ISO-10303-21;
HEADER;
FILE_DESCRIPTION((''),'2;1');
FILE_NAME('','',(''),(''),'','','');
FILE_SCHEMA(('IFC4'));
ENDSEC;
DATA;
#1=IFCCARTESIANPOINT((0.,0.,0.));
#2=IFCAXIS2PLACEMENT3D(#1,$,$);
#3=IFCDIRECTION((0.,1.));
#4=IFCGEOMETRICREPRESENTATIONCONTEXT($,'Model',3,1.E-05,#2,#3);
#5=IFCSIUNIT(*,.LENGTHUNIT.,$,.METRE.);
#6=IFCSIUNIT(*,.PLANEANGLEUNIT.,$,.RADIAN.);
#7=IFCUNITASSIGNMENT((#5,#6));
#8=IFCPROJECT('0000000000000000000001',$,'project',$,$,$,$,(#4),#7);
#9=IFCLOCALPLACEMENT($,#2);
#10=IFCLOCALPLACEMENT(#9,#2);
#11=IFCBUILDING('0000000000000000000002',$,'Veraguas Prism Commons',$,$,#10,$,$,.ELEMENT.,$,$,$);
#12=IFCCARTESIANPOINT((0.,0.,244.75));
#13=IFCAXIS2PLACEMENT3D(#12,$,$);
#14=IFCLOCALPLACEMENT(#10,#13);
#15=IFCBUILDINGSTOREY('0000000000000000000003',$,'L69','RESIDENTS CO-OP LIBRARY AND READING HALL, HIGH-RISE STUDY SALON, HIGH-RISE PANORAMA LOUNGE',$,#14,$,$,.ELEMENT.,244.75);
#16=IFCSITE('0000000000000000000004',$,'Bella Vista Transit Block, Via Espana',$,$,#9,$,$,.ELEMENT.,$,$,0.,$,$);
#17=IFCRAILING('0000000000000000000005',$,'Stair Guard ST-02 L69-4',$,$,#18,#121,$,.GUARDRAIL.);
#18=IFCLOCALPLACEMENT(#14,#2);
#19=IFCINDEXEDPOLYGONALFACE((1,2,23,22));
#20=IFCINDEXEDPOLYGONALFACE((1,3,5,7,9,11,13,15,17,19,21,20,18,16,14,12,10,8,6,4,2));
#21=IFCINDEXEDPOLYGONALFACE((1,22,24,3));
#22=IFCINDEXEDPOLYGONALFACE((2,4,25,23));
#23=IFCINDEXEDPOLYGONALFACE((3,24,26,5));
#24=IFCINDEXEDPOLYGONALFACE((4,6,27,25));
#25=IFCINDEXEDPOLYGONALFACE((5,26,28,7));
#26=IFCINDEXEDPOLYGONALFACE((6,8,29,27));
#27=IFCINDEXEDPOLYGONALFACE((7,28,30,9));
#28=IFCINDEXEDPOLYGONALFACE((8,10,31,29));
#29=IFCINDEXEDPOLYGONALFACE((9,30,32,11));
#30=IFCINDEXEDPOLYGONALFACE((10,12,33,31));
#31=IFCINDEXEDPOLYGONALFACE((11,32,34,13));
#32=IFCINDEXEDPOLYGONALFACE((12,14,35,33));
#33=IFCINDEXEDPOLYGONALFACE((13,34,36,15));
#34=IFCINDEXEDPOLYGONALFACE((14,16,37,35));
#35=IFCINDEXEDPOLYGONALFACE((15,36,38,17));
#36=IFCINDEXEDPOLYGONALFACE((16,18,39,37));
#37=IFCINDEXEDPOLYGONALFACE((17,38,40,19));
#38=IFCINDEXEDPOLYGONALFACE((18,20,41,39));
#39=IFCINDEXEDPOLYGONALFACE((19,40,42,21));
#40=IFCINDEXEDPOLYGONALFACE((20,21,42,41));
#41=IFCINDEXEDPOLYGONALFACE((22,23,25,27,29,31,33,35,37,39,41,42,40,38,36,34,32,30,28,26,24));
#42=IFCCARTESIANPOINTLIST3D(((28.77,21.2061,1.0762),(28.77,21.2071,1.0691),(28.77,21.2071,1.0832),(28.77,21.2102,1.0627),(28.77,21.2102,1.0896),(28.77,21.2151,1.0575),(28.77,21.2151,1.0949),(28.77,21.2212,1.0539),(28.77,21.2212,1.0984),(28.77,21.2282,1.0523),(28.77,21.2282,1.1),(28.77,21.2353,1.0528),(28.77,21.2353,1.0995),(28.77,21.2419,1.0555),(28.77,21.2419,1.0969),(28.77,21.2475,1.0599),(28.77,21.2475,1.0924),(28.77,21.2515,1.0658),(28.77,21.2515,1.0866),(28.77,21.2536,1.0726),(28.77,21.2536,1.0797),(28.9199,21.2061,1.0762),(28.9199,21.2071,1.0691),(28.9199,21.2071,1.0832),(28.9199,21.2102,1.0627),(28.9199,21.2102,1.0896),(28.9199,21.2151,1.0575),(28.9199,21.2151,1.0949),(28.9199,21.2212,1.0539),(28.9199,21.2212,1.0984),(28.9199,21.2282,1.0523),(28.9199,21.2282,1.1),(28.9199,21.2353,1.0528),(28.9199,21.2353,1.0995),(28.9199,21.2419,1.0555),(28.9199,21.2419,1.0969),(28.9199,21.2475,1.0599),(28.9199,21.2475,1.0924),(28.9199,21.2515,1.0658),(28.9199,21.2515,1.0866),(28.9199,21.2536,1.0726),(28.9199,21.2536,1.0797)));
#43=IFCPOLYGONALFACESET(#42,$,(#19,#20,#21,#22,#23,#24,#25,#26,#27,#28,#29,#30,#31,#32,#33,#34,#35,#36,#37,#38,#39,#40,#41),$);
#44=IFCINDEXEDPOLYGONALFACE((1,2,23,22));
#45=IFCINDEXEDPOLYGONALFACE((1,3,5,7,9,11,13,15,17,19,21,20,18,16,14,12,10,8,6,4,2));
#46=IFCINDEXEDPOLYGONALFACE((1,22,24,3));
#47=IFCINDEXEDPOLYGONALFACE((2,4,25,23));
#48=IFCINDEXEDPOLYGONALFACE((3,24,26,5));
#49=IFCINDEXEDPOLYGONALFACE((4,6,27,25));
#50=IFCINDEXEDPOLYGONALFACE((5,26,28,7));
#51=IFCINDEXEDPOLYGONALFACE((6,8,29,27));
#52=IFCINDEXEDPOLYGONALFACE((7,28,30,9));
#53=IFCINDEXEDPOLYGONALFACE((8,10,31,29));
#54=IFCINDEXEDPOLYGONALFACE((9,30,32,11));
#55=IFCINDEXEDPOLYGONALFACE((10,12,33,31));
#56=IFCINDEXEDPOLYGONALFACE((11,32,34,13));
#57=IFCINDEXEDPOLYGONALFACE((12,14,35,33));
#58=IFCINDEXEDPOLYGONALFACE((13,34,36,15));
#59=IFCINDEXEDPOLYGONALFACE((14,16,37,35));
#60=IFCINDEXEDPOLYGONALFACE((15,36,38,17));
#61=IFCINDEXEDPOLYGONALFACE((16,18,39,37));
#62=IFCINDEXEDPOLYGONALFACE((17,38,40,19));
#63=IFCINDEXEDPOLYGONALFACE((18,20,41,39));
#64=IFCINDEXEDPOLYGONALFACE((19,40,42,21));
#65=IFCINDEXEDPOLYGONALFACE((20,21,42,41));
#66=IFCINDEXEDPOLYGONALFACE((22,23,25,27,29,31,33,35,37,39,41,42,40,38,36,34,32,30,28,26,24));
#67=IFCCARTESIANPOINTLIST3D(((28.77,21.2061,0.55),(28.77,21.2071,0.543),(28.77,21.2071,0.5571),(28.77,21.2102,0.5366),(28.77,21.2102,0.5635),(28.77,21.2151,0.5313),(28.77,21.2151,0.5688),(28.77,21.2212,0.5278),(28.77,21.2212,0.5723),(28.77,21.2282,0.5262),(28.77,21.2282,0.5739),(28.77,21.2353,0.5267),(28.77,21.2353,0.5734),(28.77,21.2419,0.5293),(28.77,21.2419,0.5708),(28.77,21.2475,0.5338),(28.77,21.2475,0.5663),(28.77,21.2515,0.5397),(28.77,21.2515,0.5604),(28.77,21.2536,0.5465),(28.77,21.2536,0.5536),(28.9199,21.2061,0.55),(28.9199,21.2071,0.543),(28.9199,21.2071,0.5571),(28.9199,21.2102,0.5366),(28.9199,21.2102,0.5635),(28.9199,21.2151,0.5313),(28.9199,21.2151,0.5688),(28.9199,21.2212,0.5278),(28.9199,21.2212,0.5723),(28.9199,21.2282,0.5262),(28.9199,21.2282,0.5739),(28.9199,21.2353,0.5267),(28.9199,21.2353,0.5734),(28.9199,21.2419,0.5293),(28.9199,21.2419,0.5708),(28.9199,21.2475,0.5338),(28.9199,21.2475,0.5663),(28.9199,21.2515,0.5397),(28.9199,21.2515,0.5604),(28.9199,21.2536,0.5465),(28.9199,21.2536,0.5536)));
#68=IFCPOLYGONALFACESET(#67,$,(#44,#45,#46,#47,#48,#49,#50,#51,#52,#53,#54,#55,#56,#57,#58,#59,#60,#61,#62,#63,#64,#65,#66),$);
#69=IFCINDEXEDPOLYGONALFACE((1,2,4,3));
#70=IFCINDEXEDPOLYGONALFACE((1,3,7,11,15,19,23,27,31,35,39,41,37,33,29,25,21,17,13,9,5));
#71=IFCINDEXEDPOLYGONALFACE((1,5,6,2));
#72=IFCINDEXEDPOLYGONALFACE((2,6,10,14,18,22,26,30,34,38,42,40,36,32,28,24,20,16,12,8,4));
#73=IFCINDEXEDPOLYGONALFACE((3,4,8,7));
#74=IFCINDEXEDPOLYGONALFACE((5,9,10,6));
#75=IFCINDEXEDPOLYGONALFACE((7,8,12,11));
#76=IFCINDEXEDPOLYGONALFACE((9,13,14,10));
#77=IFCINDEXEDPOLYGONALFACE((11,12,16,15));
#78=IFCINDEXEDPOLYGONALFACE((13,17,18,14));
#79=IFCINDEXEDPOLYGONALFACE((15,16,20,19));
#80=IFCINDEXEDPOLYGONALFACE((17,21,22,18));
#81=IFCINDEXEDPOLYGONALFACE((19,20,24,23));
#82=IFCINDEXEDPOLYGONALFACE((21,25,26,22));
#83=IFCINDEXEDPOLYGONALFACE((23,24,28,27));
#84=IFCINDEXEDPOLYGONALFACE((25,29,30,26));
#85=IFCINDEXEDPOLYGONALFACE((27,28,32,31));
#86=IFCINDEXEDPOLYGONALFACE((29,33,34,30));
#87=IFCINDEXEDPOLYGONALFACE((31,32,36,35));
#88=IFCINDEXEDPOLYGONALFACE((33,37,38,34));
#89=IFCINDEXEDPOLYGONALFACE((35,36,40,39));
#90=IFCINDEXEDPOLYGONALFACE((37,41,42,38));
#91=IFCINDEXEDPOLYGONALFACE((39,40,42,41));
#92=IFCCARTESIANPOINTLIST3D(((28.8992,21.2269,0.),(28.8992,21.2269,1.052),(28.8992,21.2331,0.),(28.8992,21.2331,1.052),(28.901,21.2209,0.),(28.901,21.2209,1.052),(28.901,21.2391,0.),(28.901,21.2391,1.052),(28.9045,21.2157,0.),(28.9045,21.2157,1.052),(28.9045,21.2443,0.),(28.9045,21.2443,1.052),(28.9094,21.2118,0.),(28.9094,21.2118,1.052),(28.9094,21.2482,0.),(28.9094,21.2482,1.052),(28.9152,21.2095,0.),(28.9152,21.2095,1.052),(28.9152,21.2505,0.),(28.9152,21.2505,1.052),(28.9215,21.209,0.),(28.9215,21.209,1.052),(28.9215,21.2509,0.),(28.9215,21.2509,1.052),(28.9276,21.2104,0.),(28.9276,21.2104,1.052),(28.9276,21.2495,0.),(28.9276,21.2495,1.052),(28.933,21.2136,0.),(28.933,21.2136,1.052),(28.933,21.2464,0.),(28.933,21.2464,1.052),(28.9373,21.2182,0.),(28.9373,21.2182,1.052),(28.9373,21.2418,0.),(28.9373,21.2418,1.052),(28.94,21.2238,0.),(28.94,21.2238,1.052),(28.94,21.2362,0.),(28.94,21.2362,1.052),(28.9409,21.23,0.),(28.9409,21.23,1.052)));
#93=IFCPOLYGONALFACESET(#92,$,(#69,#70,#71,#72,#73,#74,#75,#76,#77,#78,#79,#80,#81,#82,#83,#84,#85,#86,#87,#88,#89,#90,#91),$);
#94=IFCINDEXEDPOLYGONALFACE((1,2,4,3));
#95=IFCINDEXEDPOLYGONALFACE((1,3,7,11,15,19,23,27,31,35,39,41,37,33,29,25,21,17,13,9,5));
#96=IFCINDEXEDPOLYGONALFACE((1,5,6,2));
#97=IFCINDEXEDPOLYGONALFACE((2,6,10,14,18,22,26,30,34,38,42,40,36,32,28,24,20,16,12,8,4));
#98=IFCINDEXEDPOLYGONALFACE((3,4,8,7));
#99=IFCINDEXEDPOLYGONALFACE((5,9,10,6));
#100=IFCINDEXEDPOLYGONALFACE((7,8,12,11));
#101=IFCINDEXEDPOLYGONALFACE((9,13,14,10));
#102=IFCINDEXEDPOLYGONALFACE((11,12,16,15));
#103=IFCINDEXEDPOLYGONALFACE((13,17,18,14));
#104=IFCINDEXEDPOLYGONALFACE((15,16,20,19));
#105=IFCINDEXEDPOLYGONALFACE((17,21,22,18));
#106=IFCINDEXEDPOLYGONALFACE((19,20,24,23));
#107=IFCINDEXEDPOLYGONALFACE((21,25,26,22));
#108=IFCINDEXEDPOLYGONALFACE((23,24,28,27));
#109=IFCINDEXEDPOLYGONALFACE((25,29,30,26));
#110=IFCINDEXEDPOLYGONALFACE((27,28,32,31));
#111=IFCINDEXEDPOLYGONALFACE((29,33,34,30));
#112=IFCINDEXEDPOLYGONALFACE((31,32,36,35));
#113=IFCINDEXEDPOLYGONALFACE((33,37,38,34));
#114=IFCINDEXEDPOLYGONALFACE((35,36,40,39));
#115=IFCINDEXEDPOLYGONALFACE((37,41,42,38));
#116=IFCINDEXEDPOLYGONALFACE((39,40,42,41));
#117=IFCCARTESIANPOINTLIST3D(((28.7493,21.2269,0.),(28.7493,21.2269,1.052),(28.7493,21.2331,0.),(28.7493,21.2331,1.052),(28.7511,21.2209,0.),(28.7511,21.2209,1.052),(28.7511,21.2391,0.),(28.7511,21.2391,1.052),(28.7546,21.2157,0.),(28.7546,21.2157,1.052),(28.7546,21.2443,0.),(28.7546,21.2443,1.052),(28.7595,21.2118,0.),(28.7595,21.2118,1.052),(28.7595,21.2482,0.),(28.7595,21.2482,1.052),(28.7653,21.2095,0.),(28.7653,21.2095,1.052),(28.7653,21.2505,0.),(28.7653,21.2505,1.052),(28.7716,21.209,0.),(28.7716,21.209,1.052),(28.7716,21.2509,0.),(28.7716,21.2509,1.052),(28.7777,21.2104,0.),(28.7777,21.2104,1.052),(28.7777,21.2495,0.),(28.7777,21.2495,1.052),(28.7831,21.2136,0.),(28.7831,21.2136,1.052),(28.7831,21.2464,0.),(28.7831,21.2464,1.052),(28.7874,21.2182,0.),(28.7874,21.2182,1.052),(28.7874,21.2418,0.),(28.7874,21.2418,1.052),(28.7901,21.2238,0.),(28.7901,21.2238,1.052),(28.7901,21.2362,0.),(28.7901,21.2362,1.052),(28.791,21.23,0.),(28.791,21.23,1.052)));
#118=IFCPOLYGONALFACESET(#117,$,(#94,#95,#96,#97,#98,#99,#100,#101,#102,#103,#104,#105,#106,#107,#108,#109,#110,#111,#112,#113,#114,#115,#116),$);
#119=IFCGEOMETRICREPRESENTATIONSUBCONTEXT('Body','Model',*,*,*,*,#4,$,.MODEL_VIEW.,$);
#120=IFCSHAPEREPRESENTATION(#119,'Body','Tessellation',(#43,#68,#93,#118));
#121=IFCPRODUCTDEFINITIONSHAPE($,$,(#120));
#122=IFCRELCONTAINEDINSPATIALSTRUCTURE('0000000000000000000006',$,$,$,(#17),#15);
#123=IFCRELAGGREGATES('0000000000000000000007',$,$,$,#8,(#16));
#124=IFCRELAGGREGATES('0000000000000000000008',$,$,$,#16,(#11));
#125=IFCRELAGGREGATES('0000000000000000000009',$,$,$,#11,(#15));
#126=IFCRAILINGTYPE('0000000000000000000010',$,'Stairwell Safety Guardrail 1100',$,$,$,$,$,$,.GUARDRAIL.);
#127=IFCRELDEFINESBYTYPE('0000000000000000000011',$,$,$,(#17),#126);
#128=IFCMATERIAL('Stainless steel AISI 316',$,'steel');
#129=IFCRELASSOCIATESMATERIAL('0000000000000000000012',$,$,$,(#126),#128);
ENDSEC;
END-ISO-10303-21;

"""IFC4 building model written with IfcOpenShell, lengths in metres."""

from ifc_helpers import new_model, si_unit, direction, frame, origin, origin_2d, place, context, subcontext, project, spatial, circle, extrude, material, type_object, element, save


model = new_model("IFC4")

# Units and contexts
model_context = context("Model", 3, precision=1e-05, world=origin(), true_north=direction((0.0, 1.0)))
body_context = subcontext(model_context, "Body", "Model", "MODEL_VIEW")
ifc_project = project(units=[si_unit("LENGTHUNIT", "METRE"), si_unit("PLANEANGLEUNIT", "RADIAN")], contexts=[model_context])

# Site, building, storey
site_placement = place(None, origin())
site = spatial("IfcSite", under=ifc_project, at=site_placement, Name="Bella Vista Transit Block, Via Espana", CompositionType="ELEMENT", RefElevation=0.0)
building_placement = place(site_placement, origin())
building = spatial("IfcBuilding", under=site, at=building_placement, Name="Veraguas Prism Commons", CompositionType="ELEMENT")
storey_placement = place(building_placement, frame((0.0, 0.0, 244.75)))
storey = spatial("IfcBuildingStorey", under=building, at=storey_placement, Name="L69", Description="RESIDENTS CO-OP LIBRARY AND READING HALL, HIGH-RISE STUDY SALON, HIGH-RISE PANORAMA LOUNGE", CompositionType="ELEMENT", Elevation=244.75)

# Shared definitions
ifc_material_1 = material(Name="Stainless steel AISI 316", Category="steel")

# Railing
railing_type_1 = type_object("IfcRailingType", Name="Stairwell Safety Guardrail 1100", PredefinedType="GUARDRAIL", material=ifc_material_1)
railing_1_placement = place(storey_placement, frame((28.9199, 21.23, 0.0)))
element("IfcRailing", 1, at=railing_1_placement, inside=storey, type_object=railing_type_1, Name="Stair Guard ST-02 L69-4", PredefinedType="GUARDRAIL", context=body_context, shape_type="SweptSolid", body=[
    extrude(circle(Radius=0.0239, at=origin_2d()), frame((0.0, 0.0, 1.0762), z_axis=(-1.0, 0.0, 0.0), x_axis=(0.0, -1.0, 0.0)), (0.0, 0.0, 1.0), 0.1499),
    extrude(circle(Radius=0.0239, at=origin_2d()), frame((0.0, 0.0, 0.55), z_axis=(-1.0, 0.0, 0.0), x_axis=(0.0, -1.0, 0.0)), (0.0, 0.0, 1.0), 0.1499),
    extrude(circle(Radius=0.021, at=origin_2d()), origin(), (0.0, 0.0, 1.0), 1.052),
    extrude(circle(Radius=0.021, at=origin_2d()), frame((-0.1499, 0.0, 0.0)), (0.0, 0.0, 1.0), 1.052),
])

save(model, "model.ifc")
